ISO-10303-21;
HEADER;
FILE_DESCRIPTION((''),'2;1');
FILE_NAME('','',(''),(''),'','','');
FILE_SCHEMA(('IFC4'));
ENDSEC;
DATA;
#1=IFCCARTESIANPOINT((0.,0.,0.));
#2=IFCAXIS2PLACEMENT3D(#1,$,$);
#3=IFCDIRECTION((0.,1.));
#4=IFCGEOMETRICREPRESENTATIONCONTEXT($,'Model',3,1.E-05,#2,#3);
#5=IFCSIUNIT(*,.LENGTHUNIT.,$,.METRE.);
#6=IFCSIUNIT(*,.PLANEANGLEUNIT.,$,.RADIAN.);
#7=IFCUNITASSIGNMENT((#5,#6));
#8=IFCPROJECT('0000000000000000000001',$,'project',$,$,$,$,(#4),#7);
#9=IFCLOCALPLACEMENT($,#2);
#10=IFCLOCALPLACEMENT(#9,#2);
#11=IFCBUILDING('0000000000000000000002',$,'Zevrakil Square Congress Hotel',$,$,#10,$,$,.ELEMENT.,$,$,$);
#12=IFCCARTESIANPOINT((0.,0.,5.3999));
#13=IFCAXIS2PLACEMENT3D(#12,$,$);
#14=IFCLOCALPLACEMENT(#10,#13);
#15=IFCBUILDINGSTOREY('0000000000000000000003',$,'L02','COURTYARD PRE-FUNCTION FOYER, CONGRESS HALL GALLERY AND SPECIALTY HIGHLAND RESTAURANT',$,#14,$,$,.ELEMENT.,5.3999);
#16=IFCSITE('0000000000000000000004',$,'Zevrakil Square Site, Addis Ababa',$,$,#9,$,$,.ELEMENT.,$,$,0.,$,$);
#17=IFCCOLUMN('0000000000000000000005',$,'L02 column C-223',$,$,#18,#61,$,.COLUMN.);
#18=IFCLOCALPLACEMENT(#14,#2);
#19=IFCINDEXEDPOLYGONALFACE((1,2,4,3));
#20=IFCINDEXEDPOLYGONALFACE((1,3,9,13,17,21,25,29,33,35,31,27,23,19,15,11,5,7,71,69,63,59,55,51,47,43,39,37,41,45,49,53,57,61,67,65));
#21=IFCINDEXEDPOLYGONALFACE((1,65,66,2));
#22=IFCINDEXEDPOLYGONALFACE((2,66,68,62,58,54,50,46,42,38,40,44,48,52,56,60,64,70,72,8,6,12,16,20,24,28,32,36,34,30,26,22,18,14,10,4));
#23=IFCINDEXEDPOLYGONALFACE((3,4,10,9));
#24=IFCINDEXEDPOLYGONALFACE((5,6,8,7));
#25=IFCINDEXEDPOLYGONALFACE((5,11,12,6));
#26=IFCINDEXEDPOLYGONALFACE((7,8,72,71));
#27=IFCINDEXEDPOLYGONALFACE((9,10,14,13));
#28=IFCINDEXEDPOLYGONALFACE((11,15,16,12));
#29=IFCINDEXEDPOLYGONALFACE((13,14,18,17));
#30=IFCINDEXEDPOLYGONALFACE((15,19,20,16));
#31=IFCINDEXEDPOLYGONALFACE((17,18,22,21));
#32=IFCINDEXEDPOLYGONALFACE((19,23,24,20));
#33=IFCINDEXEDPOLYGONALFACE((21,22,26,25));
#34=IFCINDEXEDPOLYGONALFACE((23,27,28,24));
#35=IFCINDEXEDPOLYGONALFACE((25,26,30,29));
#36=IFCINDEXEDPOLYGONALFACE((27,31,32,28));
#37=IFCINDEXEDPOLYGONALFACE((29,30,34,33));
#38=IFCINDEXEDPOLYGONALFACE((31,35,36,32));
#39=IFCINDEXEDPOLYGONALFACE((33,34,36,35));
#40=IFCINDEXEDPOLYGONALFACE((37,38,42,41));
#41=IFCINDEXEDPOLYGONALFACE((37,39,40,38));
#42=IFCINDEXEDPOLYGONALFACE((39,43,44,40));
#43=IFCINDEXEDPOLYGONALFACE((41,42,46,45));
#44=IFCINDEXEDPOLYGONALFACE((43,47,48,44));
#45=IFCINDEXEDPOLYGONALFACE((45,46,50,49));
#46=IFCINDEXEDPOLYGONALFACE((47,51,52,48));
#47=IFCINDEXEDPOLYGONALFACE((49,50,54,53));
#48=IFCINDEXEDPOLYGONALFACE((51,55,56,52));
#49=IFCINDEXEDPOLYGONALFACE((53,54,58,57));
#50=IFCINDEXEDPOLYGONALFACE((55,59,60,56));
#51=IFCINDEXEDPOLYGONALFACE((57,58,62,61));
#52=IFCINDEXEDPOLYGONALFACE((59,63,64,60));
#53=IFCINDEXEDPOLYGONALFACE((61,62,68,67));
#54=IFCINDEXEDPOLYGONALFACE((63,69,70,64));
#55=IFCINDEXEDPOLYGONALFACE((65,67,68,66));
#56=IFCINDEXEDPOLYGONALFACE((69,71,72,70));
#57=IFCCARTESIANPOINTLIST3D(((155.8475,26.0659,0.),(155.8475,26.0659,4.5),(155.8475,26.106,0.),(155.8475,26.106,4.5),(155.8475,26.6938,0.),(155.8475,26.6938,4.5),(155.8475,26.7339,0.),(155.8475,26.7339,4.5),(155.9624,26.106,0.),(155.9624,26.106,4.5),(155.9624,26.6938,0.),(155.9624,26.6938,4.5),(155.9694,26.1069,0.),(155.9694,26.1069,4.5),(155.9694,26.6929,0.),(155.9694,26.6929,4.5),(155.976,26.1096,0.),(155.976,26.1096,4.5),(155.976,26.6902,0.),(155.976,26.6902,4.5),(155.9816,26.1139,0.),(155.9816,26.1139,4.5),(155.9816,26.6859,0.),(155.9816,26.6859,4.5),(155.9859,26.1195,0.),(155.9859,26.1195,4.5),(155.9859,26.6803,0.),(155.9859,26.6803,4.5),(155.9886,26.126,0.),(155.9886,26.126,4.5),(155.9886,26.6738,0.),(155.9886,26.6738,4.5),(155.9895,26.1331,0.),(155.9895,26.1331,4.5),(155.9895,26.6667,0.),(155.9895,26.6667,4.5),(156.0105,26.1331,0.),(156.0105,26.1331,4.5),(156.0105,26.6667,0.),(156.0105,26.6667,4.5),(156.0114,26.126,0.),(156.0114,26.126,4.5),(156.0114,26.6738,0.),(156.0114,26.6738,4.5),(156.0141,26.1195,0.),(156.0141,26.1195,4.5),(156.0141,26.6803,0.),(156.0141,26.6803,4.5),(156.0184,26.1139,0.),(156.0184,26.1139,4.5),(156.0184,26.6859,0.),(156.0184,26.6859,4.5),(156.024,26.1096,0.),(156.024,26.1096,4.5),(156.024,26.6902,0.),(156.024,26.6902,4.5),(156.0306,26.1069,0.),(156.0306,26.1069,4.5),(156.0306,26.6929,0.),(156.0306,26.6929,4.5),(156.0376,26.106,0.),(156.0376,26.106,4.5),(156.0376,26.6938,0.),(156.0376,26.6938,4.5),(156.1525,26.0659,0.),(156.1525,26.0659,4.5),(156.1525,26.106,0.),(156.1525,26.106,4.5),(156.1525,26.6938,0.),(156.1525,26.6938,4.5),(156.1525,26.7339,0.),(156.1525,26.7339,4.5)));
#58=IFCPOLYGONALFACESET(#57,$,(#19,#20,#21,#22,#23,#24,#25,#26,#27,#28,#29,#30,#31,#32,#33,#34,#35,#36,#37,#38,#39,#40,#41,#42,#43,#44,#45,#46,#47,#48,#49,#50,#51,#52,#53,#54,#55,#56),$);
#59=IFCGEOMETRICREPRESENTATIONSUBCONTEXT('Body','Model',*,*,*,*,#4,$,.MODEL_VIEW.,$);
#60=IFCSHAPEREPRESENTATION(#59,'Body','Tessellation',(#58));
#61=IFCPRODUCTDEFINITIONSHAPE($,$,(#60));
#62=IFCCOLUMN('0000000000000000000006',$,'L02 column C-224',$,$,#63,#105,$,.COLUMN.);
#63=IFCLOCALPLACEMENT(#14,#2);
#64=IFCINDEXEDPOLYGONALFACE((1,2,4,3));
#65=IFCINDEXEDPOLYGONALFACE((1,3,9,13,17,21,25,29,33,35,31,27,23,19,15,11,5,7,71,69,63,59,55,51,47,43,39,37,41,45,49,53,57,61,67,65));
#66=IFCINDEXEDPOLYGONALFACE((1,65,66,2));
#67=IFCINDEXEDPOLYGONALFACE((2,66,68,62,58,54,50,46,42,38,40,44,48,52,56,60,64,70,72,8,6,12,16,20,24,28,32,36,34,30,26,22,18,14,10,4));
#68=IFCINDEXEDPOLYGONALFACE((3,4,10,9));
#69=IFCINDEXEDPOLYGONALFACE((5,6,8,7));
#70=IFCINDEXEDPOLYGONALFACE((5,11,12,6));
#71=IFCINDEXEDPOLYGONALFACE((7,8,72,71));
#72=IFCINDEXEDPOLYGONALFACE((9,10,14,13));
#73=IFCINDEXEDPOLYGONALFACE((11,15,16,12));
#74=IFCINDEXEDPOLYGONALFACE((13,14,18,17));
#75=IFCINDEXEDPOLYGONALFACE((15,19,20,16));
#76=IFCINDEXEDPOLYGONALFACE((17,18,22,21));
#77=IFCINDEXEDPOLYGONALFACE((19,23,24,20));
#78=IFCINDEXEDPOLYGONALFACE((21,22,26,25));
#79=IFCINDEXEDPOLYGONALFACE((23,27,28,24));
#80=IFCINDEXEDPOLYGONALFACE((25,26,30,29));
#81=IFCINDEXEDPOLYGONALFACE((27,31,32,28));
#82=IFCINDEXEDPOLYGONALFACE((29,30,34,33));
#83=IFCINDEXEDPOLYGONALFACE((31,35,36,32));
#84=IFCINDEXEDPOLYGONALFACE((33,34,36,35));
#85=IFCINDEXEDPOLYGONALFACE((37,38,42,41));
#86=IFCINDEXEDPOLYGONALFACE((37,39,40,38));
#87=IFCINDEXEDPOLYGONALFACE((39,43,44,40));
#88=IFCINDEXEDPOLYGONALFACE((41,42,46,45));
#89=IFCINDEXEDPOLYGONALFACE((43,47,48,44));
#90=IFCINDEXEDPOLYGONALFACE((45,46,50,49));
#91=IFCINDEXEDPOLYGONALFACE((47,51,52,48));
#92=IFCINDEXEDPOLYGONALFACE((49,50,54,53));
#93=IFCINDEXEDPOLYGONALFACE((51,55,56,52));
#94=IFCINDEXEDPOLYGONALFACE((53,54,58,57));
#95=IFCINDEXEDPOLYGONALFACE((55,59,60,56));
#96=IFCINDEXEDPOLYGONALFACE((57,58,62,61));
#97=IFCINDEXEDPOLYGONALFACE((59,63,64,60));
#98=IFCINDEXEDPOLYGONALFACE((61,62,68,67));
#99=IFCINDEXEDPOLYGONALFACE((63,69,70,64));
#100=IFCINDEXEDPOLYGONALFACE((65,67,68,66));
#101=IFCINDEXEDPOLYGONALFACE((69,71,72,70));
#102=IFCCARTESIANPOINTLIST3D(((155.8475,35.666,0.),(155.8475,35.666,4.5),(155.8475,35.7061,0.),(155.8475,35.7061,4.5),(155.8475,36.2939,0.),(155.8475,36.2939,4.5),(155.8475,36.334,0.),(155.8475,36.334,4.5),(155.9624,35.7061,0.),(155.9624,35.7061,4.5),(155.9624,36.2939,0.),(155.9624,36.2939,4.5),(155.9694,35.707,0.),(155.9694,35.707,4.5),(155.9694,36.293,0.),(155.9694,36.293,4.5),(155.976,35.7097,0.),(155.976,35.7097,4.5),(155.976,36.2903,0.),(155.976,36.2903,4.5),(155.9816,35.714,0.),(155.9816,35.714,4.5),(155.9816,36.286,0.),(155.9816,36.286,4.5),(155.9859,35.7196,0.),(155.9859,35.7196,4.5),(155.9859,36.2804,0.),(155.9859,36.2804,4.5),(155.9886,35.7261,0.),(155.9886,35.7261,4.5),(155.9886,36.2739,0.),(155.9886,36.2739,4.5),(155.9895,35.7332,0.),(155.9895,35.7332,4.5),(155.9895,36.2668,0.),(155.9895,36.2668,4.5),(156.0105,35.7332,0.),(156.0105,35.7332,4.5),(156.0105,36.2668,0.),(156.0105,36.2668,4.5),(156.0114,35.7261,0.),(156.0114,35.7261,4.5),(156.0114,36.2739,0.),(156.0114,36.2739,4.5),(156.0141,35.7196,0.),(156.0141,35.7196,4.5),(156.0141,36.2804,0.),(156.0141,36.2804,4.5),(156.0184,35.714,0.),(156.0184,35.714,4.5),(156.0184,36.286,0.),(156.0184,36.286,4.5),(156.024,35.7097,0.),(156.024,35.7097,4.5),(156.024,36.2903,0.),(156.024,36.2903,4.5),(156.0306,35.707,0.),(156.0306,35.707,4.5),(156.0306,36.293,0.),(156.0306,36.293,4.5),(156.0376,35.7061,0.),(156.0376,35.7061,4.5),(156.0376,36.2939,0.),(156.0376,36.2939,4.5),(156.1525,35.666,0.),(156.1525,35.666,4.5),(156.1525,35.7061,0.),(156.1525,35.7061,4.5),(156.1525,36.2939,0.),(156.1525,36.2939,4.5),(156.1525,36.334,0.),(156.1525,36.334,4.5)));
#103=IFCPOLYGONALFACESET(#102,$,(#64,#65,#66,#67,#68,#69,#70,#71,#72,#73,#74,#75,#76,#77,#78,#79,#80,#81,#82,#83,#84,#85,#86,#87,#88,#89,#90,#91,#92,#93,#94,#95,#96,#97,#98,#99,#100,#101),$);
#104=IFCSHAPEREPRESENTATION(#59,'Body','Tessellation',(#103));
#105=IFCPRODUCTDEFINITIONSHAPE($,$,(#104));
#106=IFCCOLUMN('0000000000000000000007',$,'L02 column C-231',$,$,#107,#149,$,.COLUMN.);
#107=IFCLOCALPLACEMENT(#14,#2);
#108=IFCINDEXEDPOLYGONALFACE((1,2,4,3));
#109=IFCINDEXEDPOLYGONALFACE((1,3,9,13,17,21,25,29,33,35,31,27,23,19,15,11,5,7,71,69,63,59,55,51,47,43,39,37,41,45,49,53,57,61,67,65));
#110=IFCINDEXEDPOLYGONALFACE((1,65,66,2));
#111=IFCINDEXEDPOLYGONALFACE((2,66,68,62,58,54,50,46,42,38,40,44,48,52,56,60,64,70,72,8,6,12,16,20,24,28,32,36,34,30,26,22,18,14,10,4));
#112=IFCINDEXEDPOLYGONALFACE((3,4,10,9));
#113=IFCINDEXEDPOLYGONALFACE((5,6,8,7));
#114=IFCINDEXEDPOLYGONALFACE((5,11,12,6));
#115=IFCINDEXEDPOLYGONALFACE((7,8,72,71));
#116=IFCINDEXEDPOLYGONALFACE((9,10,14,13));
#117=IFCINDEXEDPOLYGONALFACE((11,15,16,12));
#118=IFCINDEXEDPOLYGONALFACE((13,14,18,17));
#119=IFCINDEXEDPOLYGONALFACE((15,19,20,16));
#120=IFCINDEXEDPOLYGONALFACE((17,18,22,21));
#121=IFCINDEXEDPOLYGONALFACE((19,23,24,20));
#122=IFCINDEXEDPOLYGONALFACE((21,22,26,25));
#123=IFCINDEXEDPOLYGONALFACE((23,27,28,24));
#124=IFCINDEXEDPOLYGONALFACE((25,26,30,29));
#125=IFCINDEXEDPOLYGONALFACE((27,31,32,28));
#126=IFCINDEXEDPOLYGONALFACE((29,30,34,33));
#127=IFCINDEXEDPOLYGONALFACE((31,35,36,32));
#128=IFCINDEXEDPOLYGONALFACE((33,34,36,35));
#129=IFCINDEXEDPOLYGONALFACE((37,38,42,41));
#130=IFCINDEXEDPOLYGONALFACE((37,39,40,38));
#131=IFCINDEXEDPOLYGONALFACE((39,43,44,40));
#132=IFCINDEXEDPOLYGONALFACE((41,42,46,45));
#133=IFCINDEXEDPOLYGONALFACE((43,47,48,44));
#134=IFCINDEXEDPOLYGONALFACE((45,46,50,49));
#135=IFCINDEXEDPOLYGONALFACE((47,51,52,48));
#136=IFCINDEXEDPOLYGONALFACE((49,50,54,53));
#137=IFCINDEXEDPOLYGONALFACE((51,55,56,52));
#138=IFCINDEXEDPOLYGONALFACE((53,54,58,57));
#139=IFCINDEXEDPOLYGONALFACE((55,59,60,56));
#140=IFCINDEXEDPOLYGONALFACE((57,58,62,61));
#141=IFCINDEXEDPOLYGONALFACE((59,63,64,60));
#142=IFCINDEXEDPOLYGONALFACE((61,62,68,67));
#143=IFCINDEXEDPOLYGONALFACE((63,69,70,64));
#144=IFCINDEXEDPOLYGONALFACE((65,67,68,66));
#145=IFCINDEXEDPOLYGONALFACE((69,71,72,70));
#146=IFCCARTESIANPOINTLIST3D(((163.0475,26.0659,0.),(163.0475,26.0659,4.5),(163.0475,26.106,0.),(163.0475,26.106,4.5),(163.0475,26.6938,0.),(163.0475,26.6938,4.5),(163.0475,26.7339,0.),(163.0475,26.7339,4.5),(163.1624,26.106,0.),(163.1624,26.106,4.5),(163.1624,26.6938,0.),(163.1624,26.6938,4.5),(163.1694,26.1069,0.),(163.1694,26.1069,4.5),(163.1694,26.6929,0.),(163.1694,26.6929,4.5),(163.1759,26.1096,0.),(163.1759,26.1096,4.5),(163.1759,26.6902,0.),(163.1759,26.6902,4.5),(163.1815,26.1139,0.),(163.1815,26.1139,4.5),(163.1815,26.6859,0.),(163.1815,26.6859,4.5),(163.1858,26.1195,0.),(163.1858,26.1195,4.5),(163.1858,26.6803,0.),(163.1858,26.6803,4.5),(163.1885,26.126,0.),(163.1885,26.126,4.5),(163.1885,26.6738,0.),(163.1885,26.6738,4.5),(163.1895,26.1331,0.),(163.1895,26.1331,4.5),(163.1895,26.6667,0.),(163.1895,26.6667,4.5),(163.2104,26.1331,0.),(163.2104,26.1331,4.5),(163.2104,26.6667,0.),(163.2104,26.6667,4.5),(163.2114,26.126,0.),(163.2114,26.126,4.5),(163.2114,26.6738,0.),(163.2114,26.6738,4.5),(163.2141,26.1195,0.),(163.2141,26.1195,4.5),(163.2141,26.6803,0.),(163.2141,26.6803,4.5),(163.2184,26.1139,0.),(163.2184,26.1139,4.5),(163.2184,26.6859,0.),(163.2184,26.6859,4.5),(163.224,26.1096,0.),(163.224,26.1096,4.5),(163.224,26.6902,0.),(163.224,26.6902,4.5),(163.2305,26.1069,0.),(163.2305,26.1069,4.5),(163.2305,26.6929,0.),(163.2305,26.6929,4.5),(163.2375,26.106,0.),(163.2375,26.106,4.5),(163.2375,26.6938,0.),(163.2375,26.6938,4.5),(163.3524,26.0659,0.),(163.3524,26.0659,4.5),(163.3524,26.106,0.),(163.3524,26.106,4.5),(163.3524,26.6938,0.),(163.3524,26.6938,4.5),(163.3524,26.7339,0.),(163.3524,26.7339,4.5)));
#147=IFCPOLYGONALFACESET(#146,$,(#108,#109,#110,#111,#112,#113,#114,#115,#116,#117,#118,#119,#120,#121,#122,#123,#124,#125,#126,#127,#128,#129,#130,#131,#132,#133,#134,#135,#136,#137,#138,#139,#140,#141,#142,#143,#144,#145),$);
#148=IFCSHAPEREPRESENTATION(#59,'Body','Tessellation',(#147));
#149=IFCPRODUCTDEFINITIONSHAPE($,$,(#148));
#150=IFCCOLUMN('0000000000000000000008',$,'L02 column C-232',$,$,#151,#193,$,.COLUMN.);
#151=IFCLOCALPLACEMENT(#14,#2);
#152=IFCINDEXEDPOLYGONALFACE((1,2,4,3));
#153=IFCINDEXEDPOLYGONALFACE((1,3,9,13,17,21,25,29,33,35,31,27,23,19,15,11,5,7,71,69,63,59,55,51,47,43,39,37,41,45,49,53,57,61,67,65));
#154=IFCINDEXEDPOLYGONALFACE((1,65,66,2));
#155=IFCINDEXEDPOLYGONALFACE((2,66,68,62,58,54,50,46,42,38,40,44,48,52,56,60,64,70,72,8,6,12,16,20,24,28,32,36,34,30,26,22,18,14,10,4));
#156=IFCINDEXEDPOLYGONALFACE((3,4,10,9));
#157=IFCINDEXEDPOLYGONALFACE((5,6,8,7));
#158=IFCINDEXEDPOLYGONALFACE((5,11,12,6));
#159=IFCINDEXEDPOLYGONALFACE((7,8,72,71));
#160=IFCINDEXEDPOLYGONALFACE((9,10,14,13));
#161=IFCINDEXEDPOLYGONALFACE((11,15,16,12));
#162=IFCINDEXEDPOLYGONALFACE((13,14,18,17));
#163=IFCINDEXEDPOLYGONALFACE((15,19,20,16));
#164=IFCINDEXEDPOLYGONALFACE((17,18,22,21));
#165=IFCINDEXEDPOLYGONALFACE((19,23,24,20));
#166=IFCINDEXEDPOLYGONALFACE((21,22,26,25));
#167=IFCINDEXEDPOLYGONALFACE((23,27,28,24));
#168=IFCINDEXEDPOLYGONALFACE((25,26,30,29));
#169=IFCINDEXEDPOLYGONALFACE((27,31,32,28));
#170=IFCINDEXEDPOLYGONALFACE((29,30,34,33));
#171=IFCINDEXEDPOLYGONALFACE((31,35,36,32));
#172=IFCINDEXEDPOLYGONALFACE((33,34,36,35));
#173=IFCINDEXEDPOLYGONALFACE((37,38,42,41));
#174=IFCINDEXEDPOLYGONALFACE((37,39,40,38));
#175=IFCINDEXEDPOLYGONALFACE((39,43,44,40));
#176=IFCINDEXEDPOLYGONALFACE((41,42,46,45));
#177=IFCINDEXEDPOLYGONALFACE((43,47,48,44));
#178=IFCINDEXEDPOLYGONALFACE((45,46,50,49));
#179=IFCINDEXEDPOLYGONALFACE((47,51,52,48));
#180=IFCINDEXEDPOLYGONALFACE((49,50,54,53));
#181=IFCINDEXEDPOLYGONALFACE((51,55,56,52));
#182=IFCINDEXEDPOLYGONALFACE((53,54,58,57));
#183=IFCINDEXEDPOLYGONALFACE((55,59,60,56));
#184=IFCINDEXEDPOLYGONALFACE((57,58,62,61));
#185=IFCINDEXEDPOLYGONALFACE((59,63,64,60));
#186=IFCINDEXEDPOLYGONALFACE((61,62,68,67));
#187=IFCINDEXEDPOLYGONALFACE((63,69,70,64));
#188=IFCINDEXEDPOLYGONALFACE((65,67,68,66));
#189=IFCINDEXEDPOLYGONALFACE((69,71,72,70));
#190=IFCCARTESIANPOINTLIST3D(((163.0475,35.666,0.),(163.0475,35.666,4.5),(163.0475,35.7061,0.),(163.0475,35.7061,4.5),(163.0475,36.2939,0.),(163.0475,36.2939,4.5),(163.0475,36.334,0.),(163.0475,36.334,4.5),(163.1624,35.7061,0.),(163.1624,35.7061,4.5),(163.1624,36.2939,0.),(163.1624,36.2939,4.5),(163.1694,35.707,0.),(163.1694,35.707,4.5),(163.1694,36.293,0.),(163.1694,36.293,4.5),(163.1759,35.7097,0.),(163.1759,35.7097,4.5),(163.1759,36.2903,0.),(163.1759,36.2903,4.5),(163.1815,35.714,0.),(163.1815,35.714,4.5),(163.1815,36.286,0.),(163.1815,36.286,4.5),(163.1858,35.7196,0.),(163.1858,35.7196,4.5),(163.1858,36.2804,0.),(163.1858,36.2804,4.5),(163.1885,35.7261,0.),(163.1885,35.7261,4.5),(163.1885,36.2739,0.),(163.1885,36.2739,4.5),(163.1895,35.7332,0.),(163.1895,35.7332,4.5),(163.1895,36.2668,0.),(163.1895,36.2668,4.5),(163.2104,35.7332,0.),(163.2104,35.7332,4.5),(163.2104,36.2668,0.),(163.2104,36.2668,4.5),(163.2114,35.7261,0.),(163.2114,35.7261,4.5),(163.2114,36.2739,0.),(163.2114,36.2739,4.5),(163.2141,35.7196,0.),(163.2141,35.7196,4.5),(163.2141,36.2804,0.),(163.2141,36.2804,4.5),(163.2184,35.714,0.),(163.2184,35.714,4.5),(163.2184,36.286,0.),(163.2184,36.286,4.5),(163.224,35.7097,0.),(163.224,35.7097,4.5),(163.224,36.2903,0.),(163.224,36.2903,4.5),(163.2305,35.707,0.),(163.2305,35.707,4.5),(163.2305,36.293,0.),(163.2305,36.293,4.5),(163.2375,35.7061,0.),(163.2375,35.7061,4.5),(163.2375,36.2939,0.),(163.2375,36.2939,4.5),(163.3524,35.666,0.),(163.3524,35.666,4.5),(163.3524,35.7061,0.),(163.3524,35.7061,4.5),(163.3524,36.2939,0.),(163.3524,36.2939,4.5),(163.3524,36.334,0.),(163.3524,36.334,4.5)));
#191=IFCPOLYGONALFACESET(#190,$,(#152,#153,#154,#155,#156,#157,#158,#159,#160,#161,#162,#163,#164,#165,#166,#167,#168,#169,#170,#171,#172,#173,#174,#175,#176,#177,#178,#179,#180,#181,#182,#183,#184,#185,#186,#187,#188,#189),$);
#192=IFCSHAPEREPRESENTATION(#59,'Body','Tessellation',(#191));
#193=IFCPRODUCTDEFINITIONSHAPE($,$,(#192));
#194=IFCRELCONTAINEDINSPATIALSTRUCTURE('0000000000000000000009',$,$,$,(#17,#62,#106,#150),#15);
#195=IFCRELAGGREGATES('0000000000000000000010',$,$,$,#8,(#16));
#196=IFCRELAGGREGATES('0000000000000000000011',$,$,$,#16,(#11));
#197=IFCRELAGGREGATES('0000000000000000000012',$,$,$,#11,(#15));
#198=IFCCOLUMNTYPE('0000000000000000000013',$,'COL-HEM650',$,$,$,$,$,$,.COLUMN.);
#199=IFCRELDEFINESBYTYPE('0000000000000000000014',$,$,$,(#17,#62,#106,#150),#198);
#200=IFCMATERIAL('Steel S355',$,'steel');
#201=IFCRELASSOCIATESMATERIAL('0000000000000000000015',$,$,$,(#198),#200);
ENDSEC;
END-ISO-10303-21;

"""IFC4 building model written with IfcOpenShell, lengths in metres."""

from ifc_helpers import new_model, si_unit, direction, frame, origin, origin_2d, place, context, subcontext, project, spatial, i_section, extrude, material, material_profile, profile_set, type_object, element, save


model = new_model("IFC4")

# Units and contexts
model_context = context("Model", 3, precision=1e-05, world=origin(), true_north=direction((0.0, 1.0)))
body_context = subcontext(model_context, "Body", "Model", "MODEL_VIEW")
ifc_project = project(units=[si_unit("LENGTHUNIT", "METRE"), si_unit("PLANEANGLEUNIT", "RADIAN")], contexts=[model_context])

# Site, building, storey
site_placement = place(None, origin())
site = spatial("IfcSite", under=ifc_project, at=site_placement, Name="Zevrakil Square Site, Addis Ababa", CompositionType="ELEMENT", RefElevation=0.0)
building_placement = place(site_placement, origin())
building = spatial("IfcBuilding", under=site, at=building_placement, Name="Zevrakil Square Congress Hotel", CompositionType="ELEMENT")
storey_placement = place(building_placement, frame((0.0, 0.0, 5.3999)))
storey = spatial("IfcBuildingStorey", under=building, at=storey_placement, Name="L02", Description="COURTYARD PRE-FUNCTION FOYER, CONGRESS HALL GALLERY AND SPECIALTY HIGHLAND RESTAURANT", CompositionType="ELEMENT", Elevation=5.3999)

# Columns
ifc_material_1 = material(Name="Steel S355", Category="steel")
ifc_material_profile_1 = material_profile(ifc_material_1, i_section(OverallWidth=0.3049, OverallDepth=0.668, WebThickness=0.021, FlangeThickness=0.04, FilletRadius=0.0271, at=origin_2d()), Name="HEM 650")
ifc_profile_set_1 = profile_set([ifc_material_profile_1], Name="Steel S355")
column_type_1 = type_object("IfcColumnType", Name="COL-HEM650", PredefinedType="COLUMN", material=ifc_profile_set_1)
for number, where, z_axis, x_axis, name in (
    (1, (156.0, 26.3999, 0.0), (0.0, 0.0, 1.0), (1.0, 0.0, 0.0), "L02 column C-223"),
    (2, (156.0, 36.0, 0.0), (0.0, 0.0, 1.0), (1.0, 0.0, 0.0), "L02 column C-224"),
    (3, (163.2, 26.3999, 0.0), (0.0, 0.0, 1.0), (1.0, 0.0, 0.0), "L02 column C-231"),
    (4, (163.2, 36.0, 0.0), (0.0, 0.0, 1.0), (1.0, 0.0, 0.0), "L02 column C-232"),
):
    element("IfcColumn", number, at=place(storey_placement, frame(where, z_axis=z_axis, x_axis=x_axis)), inside=storey, type_object=column_type_1, Name=name, PredefinedType="COLUMN", context=body_context, shape_type="SweptSolid", body=[
        extrude(i_section(OverallWidth=0.3049, OverallDepth=0.668, WebThickness=0.021, FlangeThickness=0.04, FilletRadius=0.0271, at=origin_2d()), origin(), (0.0, 0.0, 1.0), 4.5),
    ])

save(model, "model.ifc")
